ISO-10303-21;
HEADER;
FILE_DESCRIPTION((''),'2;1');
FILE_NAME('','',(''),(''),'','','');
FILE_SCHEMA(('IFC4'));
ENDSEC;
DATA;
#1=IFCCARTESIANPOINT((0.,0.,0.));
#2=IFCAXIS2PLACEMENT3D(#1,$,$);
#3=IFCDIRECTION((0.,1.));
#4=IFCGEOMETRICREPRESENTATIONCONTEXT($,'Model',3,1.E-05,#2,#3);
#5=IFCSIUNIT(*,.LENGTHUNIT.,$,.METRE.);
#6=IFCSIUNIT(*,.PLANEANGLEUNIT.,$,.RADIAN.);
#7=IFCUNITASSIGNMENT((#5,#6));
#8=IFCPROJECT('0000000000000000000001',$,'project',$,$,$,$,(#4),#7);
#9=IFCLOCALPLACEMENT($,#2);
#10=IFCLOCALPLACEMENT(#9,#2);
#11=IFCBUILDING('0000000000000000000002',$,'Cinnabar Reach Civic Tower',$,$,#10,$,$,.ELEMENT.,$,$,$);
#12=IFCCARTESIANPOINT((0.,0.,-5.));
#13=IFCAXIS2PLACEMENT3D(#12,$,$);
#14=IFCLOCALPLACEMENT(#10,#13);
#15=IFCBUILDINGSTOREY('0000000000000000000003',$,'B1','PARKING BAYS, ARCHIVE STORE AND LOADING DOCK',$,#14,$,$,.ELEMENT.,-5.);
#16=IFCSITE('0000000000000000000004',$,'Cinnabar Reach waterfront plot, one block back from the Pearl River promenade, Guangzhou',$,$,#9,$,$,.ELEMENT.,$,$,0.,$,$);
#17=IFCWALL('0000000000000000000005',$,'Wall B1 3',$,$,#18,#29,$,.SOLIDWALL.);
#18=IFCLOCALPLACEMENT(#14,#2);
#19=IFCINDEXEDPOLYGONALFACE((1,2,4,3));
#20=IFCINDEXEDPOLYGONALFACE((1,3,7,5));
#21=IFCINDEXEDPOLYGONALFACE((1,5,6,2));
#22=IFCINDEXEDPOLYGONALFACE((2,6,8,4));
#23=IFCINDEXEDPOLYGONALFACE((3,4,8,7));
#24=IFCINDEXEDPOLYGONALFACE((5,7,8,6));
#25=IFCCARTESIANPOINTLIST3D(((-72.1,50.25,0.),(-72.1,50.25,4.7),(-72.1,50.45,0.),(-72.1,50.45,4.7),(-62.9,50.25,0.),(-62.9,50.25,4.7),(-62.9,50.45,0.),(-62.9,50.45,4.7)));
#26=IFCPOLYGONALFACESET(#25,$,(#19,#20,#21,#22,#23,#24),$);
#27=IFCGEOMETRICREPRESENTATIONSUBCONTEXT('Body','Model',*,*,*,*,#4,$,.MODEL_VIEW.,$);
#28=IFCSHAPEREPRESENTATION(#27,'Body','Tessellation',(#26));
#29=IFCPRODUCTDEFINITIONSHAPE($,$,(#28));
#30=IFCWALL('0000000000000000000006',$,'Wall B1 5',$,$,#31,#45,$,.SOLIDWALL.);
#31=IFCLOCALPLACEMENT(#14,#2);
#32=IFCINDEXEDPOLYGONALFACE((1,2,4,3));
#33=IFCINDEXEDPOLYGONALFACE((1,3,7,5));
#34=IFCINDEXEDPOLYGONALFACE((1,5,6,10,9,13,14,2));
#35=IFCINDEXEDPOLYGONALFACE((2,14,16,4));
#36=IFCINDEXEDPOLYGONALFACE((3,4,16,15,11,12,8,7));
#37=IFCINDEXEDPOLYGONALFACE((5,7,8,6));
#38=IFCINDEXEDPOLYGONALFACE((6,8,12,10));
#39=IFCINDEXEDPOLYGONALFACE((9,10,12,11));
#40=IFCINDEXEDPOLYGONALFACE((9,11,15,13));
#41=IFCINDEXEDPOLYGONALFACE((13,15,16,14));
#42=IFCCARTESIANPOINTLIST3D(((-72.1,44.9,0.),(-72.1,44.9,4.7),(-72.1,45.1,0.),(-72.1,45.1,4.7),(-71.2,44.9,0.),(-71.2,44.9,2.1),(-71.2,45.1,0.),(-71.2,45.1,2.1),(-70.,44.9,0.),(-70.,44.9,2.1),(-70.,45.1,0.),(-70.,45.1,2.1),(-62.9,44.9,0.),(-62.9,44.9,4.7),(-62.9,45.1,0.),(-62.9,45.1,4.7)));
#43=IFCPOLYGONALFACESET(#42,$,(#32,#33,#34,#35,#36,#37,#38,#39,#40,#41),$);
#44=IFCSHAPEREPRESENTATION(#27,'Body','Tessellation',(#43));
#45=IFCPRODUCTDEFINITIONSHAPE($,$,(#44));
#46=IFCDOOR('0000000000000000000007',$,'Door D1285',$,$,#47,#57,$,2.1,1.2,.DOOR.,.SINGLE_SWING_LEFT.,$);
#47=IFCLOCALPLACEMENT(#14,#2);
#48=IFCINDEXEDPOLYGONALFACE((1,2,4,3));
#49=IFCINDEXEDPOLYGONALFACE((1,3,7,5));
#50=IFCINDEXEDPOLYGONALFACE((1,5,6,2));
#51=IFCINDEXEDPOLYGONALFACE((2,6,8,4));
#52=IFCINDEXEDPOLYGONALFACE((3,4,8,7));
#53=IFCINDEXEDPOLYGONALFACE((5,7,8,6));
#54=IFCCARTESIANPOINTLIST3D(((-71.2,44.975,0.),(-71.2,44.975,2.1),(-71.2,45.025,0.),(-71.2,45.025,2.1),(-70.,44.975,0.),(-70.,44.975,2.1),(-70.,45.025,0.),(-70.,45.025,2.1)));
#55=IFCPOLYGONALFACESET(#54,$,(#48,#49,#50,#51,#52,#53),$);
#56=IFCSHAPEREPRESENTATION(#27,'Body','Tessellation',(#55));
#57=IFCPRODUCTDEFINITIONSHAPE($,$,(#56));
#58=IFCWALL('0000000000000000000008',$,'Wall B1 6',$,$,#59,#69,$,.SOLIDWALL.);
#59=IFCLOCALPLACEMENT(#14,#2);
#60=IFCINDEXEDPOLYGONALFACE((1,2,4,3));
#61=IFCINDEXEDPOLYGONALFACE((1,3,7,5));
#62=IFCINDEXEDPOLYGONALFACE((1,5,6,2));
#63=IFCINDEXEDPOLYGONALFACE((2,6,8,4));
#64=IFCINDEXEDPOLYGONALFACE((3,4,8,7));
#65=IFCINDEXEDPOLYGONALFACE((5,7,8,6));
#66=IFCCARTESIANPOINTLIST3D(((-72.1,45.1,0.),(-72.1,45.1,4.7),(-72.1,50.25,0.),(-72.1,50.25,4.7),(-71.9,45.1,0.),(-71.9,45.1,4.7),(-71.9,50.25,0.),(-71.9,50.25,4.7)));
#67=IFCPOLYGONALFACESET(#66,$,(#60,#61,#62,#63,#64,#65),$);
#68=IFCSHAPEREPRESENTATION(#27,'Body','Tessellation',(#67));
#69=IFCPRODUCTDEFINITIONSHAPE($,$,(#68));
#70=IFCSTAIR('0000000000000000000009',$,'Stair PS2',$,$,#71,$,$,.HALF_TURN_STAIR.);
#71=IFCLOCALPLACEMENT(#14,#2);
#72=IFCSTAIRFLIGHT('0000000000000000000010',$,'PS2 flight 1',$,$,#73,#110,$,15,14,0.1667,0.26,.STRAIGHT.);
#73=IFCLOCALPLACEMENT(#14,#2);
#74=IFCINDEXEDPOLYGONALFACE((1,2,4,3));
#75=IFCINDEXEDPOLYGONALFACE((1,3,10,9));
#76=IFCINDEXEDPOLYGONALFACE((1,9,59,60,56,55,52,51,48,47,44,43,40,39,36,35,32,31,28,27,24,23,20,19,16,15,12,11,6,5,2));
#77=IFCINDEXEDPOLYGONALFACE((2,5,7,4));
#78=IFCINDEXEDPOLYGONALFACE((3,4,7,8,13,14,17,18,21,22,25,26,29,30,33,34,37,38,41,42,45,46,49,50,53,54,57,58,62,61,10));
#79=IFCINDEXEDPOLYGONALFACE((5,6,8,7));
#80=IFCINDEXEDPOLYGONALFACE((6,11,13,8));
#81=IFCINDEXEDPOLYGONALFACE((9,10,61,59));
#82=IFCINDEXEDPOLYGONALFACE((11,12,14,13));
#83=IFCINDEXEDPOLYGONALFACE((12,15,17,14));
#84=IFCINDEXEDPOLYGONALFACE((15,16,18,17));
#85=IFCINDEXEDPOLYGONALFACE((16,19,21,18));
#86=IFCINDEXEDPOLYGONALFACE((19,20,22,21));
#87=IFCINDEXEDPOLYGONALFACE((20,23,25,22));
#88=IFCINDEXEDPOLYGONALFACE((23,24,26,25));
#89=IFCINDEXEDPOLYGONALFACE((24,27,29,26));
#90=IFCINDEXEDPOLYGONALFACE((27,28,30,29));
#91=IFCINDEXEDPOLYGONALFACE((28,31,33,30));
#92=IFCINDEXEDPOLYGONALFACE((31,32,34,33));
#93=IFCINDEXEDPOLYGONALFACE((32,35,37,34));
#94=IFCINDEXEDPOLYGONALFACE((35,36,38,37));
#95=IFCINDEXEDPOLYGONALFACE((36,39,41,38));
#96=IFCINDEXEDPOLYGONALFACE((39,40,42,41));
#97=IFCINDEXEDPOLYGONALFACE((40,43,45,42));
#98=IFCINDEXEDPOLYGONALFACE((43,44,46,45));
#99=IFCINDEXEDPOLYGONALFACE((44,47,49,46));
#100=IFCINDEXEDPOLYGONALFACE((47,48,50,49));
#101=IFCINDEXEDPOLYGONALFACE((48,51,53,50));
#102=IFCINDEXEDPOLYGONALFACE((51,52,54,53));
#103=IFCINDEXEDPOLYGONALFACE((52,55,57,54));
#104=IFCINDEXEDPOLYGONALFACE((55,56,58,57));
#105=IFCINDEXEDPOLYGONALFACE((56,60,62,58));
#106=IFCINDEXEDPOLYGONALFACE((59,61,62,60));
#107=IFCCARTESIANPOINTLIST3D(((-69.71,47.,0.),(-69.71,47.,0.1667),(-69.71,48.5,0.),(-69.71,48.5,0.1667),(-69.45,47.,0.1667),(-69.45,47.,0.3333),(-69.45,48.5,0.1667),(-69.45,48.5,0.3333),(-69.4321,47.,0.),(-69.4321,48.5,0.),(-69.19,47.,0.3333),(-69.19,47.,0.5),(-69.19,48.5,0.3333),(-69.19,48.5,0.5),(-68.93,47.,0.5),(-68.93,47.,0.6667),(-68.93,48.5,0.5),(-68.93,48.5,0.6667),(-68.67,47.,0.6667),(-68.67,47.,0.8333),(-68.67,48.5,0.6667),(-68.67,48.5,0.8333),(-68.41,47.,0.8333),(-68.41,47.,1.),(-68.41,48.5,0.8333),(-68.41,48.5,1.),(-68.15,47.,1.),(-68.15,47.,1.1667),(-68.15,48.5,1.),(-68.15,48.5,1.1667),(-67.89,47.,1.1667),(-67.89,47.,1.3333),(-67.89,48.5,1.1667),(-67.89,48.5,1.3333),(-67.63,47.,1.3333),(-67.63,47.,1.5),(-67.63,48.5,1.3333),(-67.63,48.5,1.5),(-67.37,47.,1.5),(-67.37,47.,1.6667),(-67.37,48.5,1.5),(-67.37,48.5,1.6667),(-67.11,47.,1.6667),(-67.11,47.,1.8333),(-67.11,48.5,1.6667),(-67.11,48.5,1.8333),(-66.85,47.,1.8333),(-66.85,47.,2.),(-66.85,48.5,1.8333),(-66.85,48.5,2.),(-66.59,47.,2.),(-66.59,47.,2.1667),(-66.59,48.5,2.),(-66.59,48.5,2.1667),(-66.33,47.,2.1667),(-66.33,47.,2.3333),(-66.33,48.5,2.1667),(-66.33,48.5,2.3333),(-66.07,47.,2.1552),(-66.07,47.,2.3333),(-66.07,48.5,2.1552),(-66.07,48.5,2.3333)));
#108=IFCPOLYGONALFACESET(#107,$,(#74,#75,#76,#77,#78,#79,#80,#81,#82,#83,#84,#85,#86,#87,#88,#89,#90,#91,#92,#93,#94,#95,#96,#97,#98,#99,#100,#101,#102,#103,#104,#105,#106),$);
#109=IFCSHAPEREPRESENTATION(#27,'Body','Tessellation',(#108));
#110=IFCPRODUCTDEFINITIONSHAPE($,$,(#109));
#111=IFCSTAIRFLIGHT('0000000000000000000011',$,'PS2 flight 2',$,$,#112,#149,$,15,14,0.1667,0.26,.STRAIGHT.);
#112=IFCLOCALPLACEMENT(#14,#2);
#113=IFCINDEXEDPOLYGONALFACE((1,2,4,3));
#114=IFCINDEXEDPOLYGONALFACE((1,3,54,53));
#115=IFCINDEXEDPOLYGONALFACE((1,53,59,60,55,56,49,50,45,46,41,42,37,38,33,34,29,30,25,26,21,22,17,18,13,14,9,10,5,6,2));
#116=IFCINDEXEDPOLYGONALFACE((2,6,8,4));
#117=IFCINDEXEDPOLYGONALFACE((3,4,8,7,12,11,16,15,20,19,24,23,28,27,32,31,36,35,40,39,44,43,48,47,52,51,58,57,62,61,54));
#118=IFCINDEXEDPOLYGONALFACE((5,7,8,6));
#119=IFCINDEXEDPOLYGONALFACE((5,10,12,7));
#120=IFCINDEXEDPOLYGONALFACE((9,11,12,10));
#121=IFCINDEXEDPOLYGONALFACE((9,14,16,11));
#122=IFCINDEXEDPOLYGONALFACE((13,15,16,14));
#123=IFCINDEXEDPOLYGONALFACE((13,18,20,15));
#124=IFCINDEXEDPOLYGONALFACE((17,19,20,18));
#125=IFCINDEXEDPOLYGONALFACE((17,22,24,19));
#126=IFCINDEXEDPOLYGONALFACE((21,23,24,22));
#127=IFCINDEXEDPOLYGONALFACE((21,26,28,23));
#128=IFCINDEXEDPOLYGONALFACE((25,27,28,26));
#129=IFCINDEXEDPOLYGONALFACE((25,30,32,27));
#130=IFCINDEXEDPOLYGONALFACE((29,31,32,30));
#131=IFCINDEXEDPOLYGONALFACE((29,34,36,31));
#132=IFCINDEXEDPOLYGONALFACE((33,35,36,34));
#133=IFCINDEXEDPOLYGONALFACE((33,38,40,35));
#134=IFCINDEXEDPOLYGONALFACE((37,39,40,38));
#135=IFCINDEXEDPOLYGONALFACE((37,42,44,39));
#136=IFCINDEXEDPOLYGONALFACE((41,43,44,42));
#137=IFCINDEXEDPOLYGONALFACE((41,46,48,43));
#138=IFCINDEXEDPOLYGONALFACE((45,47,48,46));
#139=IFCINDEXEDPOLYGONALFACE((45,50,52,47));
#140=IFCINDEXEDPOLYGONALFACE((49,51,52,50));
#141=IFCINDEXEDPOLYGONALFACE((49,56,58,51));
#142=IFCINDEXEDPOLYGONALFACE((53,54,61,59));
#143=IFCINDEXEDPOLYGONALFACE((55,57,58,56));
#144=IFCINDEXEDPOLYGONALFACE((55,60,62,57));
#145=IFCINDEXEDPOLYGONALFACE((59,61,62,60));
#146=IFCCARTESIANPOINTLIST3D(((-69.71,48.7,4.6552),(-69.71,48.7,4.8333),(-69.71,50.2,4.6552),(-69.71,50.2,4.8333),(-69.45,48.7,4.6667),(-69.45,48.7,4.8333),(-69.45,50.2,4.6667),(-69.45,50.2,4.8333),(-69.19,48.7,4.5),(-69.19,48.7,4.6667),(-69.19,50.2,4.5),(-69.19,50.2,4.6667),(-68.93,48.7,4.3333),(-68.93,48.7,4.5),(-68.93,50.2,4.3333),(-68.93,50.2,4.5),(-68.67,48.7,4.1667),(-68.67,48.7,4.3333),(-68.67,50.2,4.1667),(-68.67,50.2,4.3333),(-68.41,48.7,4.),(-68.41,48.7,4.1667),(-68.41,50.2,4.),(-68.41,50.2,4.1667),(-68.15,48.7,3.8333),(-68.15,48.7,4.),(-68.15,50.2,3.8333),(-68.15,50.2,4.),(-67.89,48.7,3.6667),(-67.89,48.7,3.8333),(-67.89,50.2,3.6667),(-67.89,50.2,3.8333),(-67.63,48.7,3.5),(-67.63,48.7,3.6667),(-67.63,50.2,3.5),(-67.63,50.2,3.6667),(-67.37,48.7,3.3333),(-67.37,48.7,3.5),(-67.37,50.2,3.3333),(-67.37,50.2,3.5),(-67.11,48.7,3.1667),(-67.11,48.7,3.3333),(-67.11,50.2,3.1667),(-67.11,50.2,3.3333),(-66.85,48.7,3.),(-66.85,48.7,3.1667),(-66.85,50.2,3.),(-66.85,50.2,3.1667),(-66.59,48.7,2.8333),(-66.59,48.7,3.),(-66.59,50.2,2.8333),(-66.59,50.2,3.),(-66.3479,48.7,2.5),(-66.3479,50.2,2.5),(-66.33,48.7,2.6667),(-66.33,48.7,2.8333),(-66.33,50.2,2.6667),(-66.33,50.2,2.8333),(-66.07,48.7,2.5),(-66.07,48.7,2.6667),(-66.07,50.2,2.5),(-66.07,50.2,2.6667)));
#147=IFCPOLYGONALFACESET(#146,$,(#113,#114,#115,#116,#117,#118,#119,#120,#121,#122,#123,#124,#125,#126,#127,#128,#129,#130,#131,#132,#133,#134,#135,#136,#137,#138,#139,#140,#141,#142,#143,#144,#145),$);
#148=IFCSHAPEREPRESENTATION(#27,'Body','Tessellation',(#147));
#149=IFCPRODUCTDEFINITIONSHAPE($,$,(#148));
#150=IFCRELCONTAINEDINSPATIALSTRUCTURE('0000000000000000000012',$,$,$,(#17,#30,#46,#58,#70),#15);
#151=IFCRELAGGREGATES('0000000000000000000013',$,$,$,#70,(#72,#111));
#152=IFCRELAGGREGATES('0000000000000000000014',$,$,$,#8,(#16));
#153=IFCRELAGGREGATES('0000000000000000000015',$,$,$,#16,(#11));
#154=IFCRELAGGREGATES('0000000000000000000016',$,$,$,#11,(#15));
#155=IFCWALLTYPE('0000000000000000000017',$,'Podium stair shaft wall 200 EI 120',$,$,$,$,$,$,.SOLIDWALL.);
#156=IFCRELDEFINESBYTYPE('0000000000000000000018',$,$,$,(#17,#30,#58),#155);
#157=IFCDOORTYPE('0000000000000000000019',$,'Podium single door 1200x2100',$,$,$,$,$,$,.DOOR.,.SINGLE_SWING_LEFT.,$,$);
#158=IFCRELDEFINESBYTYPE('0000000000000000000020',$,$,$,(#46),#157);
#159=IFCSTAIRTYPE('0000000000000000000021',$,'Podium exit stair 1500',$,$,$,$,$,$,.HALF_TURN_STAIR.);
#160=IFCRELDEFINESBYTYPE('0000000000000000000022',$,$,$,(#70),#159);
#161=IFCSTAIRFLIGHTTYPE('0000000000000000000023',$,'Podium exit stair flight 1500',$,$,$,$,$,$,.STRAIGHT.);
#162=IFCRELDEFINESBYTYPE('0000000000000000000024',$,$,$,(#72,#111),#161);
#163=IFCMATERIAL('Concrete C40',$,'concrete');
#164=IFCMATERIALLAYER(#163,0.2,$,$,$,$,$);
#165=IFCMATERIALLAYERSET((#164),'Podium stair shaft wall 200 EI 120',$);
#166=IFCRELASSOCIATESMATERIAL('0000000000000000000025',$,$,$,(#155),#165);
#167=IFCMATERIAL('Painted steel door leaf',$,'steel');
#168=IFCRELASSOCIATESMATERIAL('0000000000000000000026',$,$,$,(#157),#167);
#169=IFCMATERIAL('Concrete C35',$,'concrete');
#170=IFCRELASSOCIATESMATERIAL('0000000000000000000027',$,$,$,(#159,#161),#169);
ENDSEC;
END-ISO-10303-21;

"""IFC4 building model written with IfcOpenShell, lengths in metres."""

from ifc_helpers import new_model, si_unit, direction, frame, frame_2d, origin, place, context, subcontext, project, spatial, polyline, rectangle, outline, extrude, material, layer, layer_set, type_object, element, fill, aggregate, save


model = new_model("IFC4")

# Units and contexts
model_context = context("Model", 3, precision=1e-05, world=origin(), true_north=direction((0.0, 1.0)))
body_context = subcontext(model_context, "Body", "Model", "MODEL_VIEW")
ifc_project = project(units=[si_unit("LENGTHUNIT", "METRE"), si_unit("PLANEANGLEUNIT", "RADIAN")], contexts=[model_context])

# Site, building, storey
site_placement = place(None, origin())
site = spatial("IfcSite", under=ifc_project, at=site_placement, Name="Cinnabar Reach waterfront plot, one block back from the Pearl River promenade, Guangzhou", CompositionType="ELEMENT", RefElevation=0.0)
building_placement = place(site_placement, origin())
building = spatial("IfcBuilding", under=site, at=building_placement, Name="Cinnabar Reach Civic Tower", CompositionType="ELEMENT")
storey_placement = place(building_placement, frame((0.0, 0.0, -5.0)))
storey = spatial("IfcBuildingStorey", under=building, at=storey_placement, Name="B1", Description="PARKING BAYS, ARCHIVE STORE AND LOADING DOCK", CompositionType="ELEMENT", Elevation=-5.0)

# Shared definitions
ifc_material_1 = material(Name="Concrete C35", Category="concrete")

# Wall
ifc_material_2 = material(Name="Concrete C40", Category="concrete")
ifc_layer_1 = layer(ifc_material_2, 0.2)
ifc_layer_set_1 = layer_set([ifc_layer_1], Name="Podium stair shaft wall 200 EI 120")
wall_type_1 = type_object("IfcWallType", Name="Podium stair shaft wall 200 EI 120", PredefinedType="SOLIDWALL", material=ifc_layer_set_1)
wall_1_placement = place(storey_placement, frame((-72.1, 50.35, 0.0), z_axis=(0.0, 0.0, 1.0), x_axis=(1.0, 0.0, 0.0)))
element("IfcWall", 1, at=wall_1_placement, inside=storey, type_object=wall_type_1, Name="Wall B1 3", PredefinedType="SOLIDWALL", context=body_context, shape_type="SweptSolid", body=[
    extrude(rectangle(XDim=9.2, YDim=0.2, at=frame_2d((4.6, 0.0))), origin(), (0.0, 0.0, 1.0), 4.7),
])

# Wall, opening, door
wall_2_placement = place(storey_placement, frame((-72.1, 45.0, 0.0), z_axis=(0.0, 0.0, 1.0), x_axis=(1.0, 0.0, 0.0)))
wall_2 = element("IfcWall", 2, at=wall_2_placement, inside=storey, type_object=wall_type_1, Name="Wall B1 5", PredefinedType="SOLIDWALL", context=body_context, shape_type="SweptSolid", body=[
    extrude(rectangle(XDim=9.2, YDim=0.2, at=frame_2d((4.6, 0.0))), origin(), (0.0, 0.0, 1.0), 4.7),
])
opening_1_placement = place(wall_2_placement, frame((0.9, 0.0, 0.0)))
opening_1 = element("IfcOpeningElement", 3, at=opening_1_placement, cuts=wall_2, PredefinedType="OPENING", context=body_context, shape_type="SweptSolid", body=[
    extrude(rectangle(XDim=1.2, YDim=2.1, at=frame_2d((0.6, 1.05))), frame((0.0, 0.11, 0.0), z_axis=(0.0, -1.0, 0.0), x_axis=(1.0, 0.0, 0.0)), (0.0, 0.0, 1.0), 0.22),
])
ifc_material_3 = material(Name="Painted steel door leaf", Category="steel")
door_type_1 = type_object("IfcDoorType", Name="Podium single door 1200x2100", OperationType="SINGLE_SWING_LEFT", PredefinedType="DOOR", material=ifc_material_3)
door_1_placement = place(opening_1_placement, origin())
door_1 = element("IfcDoor", 4, at=door_1_placement, inside=storey, type_object=door_type_1, Name="Door D1285", OperationType="SINGLE_SWING_LEFT", OverallHeight=2.1, OverallWidth=1.2, PredefinedType="DOOR", context=body_context, shape_type="SweptSolid", body=[
    extrude(rectangle(XDim=1.2, YDim=2.1, at=frame_2d((0.6, 1.05))), frame((0.0, 0.025, 0.0), z_axis=(0.0, -1.0, 0.0), x_axis=(1.0, 0.0, 0.0)), (0.0, 0.0, 1.0), 0.05),
])
fill(opening_1, door_1)

# Wall
wall_3_placement = place(storey_placement, frame((-72.0, 45.1, 0.0), z_axis=(0.0, 0.0, 1.0), x_axis=(0.0, 1.0, 0.0)))
element("IfcWall", 5, at=wall_3_placement, inside=storey, type_object=wall_type_1, Name="Wall B1 6", PredefinedType="SOLIDWALL", context=body_context, shape_type="SweptSolid", body=[
    extrude(rectangle(XDim=5.15, YDim=0.2, at=frame_2d((2.575, 0.0))), origin(), (0.0, 0.0, 1.0), 4.7),
])

# Stair, stair flights
stair_type = type_object("IfcStairType", Name="Podium exit stair 1500", PredefinedType="HALF_TURN_STAIR", material=ifc_material_1)
stair_placement = place(storey_placement, origin())
stair = element("IfcStair", 6, at=stair_placement, inside=storey, type_object=stair_type, Name="Stair PS2", PredefinedType="HALF_TURN_STAIR")
stair_flight_type = type_object("IfcStairFlightType", Name="Podium exit stair flight 1500", PredefinedType="STRAIGHT", material=ifc_material_1)
stair_flight_1_placement = place(storey_placement, frame((-69.71, 47.75, 0.0), z_axis=(0.0, 0.0, 1.0), x_axis=(1.0, 0.0, 0.0)))
stair_flight_1 = element("IfcStairFlight", 7, at=stair_flight_1_placement, type_object=stair_flight_type, Name="PS2 flight 1", NumberOfRisers=15, NumberOfTreads=14, PredefinedType="STRAIGHT", RiserHeight=0.1667, TreadLength=0.26, context=body_context, shape_type="SweptSolid", body=[
    extrude(outline(polyline([(0.0, 0.0), (0.0, 0.1667), (0.26, 0.1667), (0.26, 0.3333), (0.52, 0.3333), (0.52, 0.5), (0.78, 0.5), (0.78, 0.6667), (1.04, 0.6667), (1.04, 0.8333), (1.3, 0.8333), (1.3, 1.0), (1.56, 1.0), (1.56, 1.1667), (1.82, 1.1667), (1.82, 1.3333), (2.08, 1.3333), (2.08, 1.5), (2.34, 1.5), (2.34, 1.6667), (2.6, 1.6667), (2.6, 1.8333), (2.86, 1.8333), (2.86, 2.0), (3.12, 2.0), (3.12, 2.1667), (3.38, 2.1667), (3.38, 2.3333), (3.64, 2.3333), (3.64, 2.5), (3.64, 2.1552), (0.2779, 0.0), (0.0, 0.0)])), frame((0.0, 0.75, 0.0), z_axis=(0.0, -1.0, 0.0), x_axis=(1.0, 0.0, 0.0)), (0.0, 0.0, 1.0), 1.5),
])
stair_flight_2_placement = place(storey_placement, frame((-66.07, 49.45, 2.5), z_axis=(0.0, 0.0, 1.0), x_axis=(-1.0, 0.0, 0.0)))
stair_flight_2 = element("IfcStairFlight", 8, at=stair_flight_2_placement, type_object=stair_flight_type, Name="PS2 flight 2", NumberOfRisers=15, NumberOfTreads=14, PredefinedType="STRAIGHT", RiserHeight=0.1667, TreadLength=0.26, context=body_context, shape_type="SweptSolid", body=[
    extrude(outline(polyline([(0.0, 0.0), (0.0, 0.1667), (0.26, 0.1667), (0.26, 0.3333), (0.52, 0.3333), (0.52, 0.5), (0.78, 0.5), (0.78, 0.6667), (1.04, 0.6667), (1.04, 0.8333), (1.3, 0.8333), (1.3, 1.0), (1.56, 1.0), (1.56, 1.1667), (1.82, 1.1667), (1.82, 1.3333), (2.08, 1.3333), (2.08, 1.5), (2.34, 1.5), (2.34, 1.6667), (2.6, 1.6667), (2.6, 1.8333), (2.86, 1.8333), (2.86, 2.0), (3.12, 2.0), (3.12, 2.1667), (3.38, 2.1667), (3.38, 2.3333), (3.64, 2.3333), (3.64, 2.5), (3.64, 2.1552), (0.2779, 0.0), (0.0, 0.0)])), frame((0.0, 0.75, 0.0), z_axis=(0.0, -1.0, 0.0), x_axis=(1.0, 0.0, 0.0)), (0.0, 0.0, 1.0), 1.5),
])
aggregate(stair, [stair_flight_1, stair_flight_2])

save(model, "model.ifc")
